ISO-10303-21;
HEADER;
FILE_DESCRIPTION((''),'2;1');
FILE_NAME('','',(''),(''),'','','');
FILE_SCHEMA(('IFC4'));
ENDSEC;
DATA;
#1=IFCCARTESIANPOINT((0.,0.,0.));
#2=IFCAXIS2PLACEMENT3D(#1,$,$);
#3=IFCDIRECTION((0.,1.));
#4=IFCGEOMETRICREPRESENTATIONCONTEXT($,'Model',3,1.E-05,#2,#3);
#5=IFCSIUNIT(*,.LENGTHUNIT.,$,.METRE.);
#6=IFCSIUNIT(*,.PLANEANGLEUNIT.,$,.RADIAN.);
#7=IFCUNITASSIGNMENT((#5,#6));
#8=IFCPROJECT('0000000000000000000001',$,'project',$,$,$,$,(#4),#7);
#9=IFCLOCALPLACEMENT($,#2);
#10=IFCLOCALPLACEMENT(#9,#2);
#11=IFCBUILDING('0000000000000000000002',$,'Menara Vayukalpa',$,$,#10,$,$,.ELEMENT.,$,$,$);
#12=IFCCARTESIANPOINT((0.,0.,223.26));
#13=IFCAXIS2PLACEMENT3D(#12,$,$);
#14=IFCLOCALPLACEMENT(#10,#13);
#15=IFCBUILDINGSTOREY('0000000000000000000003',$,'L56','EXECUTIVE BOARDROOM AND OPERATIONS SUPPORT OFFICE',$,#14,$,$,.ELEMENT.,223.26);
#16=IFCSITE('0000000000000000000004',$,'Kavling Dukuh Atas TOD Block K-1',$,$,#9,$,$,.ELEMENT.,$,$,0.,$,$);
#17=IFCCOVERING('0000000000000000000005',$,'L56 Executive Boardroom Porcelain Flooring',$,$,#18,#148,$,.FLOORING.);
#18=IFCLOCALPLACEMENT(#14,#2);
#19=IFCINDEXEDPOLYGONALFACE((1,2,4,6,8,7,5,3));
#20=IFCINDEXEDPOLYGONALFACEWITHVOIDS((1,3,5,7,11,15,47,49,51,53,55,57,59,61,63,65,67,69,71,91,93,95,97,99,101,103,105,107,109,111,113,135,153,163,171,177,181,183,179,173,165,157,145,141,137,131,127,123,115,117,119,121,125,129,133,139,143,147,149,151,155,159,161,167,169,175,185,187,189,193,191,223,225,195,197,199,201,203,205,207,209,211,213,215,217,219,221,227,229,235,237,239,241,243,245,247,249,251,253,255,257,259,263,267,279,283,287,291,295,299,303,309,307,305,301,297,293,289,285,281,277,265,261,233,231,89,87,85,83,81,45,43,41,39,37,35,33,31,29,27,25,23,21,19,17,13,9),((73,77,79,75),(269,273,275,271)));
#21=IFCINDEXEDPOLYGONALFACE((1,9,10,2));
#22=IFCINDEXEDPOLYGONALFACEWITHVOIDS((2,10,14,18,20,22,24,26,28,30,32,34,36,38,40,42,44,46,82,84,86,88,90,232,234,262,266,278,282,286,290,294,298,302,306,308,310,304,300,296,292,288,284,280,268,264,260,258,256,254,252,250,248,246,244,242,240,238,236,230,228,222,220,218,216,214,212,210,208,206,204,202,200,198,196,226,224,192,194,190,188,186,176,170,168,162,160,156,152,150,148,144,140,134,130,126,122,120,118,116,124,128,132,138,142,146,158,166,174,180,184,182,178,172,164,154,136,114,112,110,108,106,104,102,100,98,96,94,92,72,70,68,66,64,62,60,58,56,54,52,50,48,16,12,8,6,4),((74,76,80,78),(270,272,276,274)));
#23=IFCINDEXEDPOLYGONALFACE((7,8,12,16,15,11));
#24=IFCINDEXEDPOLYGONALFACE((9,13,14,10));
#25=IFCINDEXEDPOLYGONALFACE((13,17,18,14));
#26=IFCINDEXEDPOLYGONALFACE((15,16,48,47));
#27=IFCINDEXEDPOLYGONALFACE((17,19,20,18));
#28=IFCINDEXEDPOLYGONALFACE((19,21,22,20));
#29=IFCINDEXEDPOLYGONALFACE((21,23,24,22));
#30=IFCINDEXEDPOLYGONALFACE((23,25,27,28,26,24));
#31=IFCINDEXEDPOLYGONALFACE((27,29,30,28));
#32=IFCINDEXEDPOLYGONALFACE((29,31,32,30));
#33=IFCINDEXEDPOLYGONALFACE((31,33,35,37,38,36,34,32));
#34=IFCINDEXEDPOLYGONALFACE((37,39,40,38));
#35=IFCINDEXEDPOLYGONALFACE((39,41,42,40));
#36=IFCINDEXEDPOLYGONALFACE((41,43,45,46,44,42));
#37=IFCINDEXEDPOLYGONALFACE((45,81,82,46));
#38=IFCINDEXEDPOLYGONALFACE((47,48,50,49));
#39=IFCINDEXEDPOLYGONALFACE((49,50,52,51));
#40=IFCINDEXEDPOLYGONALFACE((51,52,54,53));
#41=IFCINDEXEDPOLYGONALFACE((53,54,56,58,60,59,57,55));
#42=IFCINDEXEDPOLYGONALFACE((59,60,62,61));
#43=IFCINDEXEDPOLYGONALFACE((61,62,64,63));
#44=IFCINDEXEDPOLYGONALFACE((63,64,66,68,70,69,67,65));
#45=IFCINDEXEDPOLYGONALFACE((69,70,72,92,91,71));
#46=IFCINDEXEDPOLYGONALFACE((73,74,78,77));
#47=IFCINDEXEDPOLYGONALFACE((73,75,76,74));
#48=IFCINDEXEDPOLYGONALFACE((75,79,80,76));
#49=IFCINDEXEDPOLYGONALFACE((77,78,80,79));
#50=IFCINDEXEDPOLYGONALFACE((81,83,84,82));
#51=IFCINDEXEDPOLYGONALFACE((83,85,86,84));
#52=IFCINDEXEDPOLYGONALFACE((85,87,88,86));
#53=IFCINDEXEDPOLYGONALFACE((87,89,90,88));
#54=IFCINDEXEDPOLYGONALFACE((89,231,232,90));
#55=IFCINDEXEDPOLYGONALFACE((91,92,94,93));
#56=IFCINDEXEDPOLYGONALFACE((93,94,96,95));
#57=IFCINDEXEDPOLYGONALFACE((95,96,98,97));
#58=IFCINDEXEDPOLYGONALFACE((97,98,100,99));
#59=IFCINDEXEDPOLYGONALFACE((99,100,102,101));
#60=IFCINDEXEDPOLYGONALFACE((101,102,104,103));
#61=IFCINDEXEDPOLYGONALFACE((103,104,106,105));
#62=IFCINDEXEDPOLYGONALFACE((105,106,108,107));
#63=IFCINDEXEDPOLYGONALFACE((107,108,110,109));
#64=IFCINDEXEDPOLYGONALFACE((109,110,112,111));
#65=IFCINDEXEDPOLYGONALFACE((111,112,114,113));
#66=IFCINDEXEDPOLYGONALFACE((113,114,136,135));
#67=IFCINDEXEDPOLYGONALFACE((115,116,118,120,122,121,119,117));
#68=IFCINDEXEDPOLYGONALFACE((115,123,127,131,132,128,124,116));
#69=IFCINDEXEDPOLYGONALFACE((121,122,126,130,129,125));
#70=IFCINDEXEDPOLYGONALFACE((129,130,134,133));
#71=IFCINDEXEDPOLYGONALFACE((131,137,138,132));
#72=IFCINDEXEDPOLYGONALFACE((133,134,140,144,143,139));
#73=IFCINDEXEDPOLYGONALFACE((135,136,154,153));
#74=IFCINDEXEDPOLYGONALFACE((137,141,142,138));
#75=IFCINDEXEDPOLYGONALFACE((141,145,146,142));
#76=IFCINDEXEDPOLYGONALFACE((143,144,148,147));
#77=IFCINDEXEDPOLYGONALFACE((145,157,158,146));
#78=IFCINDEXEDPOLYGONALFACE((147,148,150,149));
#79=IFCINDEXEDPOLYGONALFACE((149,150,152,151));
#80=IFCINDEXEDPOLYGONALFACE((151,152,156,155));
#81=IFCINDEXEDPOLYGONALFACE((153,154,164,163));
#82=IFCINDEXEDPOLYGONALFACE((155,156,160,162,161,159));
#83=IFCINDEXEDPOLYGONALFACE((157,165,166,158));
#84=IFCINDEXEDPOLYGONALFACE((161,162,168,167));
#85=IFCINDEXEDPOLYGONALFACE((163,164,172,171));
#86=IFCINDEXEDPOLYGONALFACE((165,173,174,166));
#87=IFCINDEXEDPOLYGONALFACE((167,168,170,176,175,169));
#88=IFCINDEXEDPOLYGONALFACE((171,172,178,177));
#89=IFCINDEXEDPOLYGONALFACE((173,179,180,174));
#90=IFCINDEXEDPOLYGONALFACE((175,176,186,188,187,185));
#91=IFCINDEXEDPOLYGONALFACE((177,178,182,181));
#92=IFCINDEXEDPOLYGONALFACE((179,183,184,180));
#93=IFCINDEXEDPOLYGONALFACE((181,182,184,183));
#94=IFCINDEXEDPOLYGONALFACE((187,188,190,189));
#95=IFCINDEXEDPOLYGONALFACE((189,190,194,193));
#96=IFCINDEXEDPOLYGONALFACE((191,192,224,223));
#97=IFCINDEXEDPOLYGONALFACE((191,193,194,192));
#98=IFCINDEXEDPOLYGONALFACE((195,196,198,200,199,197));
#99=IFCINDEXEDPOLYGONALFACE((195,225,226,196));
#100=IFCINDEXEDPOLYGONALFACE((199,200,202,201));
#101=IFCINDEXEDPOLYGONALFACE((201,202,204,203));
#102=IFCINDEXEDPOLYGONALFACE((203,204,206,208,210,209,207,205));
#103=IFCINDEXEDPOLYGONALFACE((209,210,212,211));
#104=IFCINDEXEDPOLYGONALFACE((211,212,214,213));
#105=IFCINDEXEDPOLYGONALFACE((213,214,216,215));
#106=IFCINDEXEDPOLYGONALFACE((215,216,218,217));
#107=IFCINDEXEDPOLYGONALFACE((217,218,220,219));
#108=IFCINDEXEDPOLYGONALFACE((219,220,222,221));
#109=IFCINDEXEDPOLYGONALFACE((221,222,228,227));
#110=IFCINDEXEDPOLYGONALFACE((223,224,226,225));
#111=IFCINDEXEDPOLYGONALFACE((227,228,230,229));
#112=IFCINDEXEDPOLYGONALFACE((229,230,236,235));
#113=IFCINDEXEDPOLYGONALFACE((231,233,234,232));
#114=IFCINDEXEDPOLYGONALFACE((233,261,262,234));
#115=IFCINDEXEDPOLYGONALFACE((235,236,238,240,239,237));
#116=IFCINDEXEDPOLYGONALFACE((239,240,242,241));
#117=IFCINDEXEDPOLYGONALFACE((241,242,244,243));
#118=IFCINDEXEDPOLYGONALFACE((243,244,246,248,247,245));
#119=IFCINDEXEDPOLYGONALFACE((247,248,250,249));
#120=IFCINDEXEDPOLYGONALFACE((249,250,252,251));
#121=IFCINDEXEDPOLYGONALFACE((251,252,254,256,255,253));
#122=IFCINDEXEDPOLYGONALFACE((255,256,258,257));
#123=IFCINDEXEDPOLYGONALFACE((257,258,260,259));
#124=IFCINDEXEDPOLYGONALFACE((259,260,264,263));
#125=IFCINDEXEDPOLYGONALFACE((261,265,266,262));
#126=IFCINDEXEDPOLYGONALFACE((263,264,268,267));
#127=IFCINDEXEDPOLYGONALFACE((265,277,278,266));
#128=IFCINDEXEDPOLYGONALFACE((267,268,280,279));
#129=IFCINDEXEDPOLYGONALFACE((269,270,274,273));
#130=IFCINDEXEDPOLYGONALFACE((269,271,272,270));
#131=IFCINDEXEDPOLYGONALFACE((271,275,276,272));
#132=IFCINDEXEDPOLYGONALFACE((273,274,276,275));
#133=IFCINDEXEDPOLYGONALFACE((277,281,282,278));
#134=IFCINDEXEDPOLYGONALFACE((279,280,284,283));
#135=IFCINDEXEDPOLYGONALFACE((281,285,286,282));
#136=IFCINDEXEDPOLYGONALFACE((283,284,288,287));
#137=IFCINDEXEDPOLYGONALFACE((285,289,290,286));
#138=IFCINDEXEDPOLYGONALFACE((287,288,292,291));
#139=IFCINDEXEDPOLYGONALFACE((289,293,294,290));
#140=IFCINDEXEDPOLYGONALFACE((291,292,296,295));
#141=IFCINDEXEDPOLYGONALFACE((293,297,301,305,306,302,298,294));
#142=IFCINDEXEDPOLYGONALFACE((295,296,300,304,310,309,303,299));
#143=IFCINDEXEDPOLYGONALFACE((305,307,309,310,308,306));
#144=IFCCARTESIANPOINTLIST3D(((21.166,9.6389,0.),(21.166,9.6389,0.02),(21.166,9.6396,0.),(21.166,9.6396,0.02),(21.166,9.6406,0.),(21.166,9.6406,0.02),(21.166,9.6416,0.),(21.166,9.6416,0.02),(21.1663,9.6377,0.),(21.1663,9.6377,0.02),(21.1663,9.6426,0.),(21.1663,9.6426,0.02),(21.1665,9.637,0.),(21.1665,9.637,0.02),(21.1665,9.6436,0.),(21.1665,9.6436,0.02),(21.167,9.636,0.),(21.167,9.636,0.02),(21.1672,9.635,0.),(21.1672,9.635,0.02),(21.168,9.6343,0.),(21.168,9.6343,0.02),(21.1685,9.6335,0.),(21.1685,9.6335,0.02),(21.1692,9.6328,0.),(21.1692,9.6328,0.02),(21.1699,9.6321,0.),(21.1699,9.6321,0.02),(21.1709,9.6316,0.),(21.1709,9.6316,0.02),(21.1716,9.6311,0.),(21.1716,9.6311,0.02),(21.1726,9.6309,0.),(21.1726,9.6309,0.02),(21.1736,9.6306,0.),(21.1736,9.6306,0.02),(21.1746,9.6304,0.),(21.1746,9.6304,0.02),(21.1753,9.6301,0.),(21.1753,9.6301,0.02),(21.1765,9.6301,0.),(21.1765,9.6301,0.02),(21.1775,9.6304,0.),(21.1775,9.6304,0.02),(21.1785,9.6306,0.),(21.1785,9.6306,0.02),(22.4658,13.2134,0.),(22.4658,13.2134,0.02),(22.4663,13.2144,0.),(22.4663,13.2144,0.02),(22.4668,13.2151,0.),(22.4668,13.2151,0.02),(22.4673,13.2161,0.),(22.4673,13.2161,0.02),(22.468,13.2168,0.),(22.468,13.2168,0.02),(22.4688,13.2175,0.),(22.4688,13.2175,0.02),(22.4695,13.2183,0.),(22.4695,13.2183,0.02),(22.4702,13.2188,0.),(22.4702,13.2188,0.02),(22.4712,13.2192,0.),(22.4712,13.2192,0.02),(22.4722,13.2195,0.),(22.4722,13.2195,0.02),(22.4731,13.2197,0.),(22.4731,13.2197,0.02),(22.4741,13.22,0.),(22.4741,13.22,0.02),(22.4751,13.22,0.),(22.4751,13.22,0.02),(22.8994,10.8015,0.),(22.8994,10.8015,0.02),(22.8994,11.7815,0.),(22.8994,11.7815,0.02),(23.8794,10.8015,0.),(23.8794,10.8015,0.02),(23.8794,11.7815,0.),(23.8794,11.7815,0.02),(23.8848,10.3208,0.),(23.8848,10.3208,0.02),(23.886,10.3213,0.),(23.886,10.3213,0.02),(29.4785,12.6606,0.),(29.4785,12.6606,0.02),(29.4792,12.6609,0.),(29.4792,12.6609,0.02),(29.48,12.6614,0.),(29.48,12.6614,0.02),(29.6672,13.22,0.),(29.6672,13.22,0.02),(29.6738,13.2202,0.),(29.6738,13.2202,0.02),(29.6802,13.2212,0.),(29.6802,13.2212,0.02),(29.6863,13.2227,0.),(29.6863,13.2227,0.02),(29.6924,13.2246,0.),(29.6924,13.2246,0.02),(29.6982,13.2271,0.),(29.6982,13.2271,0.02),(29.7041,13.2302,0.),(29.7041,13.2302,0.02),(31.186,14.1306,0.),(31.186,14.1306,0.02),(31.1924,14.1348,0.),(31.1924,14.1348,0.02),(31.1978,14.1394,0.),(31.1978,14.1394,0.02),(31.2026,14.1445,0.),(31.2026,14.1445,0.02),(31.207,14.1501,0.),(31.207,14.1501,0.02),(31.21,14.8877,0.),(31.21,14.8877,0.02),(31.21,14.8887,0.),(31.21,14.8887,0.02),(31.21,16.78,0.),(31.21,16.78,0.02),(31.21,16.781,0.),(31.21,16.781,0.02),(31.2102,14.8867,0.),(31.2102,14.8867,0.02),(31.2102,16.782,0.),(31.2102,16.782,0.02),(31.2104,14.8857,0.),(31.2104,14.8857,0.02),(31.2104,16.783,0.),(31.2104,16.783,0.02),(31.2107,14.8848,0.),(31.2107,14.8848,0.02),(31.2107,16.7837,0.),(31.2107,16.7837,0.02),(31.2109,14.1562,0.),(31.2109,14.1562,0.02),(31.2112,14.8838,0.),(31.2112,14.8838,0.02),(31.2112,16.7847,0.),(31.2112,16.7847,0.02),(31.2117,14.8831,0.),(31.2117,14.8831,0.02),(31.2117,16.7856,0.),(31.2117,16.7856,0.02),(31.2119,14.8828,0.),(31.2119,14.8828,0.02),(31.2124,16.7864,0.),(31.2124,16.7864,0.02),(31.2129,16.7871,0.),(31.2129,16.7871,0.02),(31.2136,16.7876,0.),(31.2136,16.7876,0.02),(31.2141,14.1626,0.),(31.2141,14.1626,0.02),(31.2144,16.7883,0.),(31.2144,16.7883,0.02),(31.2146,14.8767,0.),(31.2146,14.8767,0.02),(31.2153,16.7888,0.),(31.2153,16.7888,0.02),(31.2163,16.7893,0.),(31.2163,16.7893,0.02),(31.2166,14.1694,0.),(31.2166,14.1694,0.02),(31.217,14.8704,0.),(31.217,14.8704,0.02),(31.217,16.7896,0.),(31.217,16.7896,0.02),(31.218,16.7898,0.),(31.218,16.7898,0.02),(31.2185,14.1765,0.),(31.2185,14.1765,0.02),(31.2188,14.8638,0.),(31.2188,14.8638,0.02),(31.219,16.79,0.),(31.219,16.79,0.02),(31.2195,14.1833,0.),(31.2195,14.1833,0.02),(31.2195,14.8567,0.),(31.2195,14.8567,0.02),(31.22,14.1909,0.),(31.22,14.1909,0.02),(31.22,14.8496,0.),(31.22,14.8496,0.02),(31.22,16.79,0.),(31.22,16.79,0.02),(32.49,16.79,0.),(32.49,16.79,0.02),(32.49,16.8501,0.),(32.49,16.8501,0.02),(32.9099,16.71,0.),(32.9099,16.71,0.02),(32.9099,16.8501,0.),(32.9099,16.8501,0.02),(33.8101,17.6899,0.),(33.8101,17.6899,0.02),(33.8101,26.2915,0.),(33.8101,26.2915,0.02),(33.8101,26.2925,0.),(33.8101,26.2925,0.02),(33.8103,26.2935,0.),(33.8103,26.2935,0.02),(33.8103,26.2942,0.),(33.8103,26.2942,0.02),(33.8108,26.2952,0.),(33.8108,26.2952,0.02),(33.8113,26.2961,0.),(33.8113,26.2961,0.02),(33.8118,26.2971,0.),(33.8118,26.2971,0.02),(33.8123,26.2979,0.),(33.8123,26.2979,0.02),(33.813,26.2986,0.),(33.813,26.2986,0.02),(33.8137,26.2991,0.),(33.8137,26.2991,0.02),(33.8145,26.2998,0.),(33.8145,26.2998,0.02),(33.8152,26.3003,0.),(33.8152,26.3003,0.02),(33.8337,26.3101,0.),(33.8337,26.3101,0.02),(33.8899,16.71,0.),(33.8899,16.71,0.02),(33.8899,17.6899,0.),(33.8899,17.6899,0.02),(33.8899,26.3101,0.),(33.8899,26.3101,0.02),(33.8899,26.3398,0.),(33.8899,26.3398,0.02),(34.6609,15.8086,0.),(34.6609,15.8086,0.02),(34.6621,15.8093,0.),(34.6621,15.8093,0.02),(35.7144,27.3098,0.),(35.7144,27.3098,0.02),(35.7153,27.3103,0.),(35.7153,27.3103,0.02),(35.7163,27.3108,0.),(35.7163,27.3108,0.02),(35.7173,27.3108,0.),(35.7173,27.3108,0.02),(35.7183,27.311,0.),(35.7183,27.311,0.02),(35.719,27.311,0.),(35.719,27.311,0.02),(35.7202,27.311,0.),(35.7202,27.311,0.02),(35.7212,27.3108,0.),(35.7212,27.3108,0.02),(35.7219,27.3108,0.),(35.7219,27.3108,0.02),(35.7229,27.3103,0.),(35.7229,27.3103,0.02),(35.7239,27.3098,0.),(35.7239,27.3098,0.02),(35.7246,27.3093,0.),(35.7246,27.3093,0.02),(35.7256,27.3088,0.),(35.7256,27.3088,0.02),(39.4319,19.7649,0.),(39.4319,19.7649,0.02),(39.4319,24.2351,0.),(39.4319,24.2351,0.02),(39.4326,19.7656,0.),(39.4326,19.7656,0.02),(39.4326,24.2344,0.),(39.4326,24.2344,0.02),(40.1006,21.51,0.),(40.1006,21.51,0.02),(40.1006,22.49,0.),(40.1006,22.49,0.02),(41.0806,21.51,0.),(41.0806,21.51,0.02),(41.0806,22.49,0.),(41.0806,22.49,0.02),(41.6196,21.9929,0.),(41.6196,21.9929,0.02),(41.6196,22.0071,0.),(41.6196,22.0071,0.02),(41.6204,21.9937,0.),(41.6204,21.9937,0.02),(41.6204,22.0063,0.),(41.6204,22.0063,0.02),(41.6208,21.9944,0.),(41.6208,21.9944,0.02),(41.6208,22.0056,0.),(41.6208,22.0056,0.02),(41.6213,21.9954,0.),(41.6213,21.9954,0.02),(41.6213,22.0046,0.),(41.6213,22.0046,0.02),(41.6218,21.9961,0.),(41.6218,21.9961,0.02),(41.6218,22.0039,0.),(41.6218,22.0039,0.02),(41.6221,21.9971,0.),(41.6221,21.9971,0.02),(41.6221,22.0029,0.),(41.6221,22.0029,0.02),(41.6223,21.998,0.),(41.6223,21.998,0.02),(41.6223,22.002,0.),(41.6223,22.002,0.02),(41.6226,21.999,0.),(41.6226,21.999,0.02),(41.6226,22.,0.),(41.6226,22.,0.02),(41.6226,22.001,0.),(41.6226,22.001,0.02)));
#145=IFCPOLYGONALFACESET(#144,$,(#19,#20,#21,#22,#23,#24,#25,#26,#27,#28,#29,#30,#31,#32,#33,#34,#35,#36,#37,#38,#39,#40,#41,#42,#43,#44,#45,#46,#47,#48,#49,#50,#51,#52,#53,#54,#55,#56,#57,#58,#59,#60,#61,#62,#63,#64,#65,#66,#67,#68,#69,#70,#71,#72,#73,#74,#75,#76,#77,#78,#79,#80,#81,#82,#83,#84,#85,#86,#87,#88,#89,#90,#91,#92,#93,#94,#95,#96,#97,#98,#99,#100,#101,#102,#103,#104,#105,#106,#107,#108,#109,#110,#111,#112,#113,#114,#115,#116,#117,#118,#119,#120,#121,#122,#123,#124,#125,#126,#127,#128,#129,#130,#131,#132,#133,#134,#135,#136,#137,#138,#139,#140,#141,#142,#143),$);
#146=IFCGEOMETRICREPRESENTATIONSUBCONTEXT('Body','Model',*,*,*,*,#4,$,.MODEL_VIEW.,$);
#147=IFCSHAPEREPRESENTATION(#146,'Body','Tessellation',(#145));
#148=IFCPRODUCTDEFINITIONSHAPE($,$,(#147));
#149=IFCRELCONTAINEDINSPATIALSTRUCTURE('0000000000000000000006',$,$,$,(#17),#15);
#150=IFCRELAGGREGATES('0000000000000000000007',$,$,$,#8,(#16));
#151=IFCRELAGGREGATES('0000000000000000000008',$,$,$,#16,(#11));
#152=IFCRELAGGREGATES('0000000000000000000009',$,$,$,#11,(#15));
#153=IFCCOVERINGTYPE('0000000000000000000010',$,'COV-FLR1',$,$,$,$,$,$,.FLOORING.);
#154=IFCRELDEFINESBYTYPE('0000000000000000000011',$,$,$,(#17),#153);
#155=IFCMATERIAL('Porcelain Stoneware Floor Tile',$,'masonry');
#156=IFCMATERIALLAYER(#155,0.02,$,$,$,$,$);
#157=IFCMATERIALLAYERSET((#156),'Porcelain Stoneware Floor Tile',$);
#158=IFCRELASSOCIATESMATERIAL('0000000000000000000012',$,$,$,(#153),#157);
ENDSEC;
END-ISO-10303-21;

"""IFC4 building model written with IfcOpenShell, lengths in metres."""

from ifc_helpers import new_model, si_unit, direction, frame, origin, place, context, subcontext, project, spatial, polyline, outline, extrude, material, layer, layer_set, type_object, element, save


model = new_model("IFC4")

# Units and contexts
model_context = context("Model", 3, precision=1e-05, world=origin(), true_north=direction((0.0, 1.0)))
body_context = subcontext(model_context, "Body", "Model", "MODEL_VIEW")
ifc_project = project(units=[si_unit("LENGTHUNIT", "METRE"), si_unit("PLANEANGLEUNIT", "RADIAN")], contexts=[model_context])

# Site, building, storey
site_placement = place(None, origin())
site = spatial("IfcSite", under=ifc_project, at=site_placement, Name="Kavling Dukuh Atas TOD Block K-1", CompositionType="ELEMENT", RefElevation=0.0)
building_placement = place(site_placement, origin())
building = spatial("IfcBuilding", under=site, at=building_placement, Name="Menara Vayukalpa", CompositionType="ELEMENT")
storey_placement = place(building_placement, frame((0.0, 0.0, 223.26)))
storey = spatial("IfcBuildingStorey", under=building, at=storey_placement, Name="L56", Description="EXECUTIVE BOARDROOM AND OPERATIONS SUPPORT OFFICE", CompositionType="ELEMENT", Elevation=223.26)

# Covering
ifc_material_1 = material(Name="Porcelain Stoneware Floor Tile", Category="masonry")
ifc_layer_1 = layer(ifc_material_1, 0.02)
ifc_layer_set_1 = layer_set([ifc_layer_1], Name="Porcelain Stoneware Floor Tile")
covering_type_1 = type_object("IfcCoveringType", Name="COV-FLR1", PredefinedType="FLOORING", material=ifc_layer_set_1)
covering_1_placement = place(storey_placement, origin())
element("IfcCovering", 1, at=covering_1_placement, inside=storey, type_object=covering_type_1, Name="L56 Executive Boardroom Porcelain Flooring", PredefinedType="FLOORING", context=body_context, shape_type="SweptSolid", body=[
    extrude(outline(polyline([(33.8101, 26.2915), (33.8101, 26.2925), (33.8103, 26.2935), (33.8103, 26.2942), (33.8108, 26.2952), (33.8113, 26.2961), (33.8118, 26.2971), (33.8123, 26.2979), (33.813, 26.2986), (33.8137, 26.2991), (33.8145, 26.2998), (33.8152, 26.3003), (33.8337, 26.3101), (33.8899, 26.3101), (33.8899, 26.3398), (35.7144, 27.3098), (35.7153, 27.3103), (35.7163, 27.3108), (35.7173, 27.3108), (35.7183, 27.311), (35.719, 27.311), (35.7202, 27.311), (35.7212, 27.3108), (35.7219, 27.3108), (35.7229, 27.3103), (35.7239, 27.3098), (35.7246, 27.3093), (35.7256, 27.3088), (39.4319, 24.2351), (39.4326, 24.2344), (41.6196, 22.0071), (41.6204, 22.0063), (41.6208, 22.0056), (41.6213, 22.0046), (41.6218, 22.0039), (41.6221, 22.0029), (41.6223, 22.002), (41.6226, 22.001), (41.6226, 22.0), (41.6226, 21.999), (41.6223, 21.998), (41.6221, 21.9971), (41.6218, 21.9961), (41.6213, 21.9954), (41.6208, 21.9944), (41.6204, 21.9937), (41.6196, 21.9929), (39.4326, 19.7656), (39.4319, 19.7649), (34.6621, 15.8093), (34.6609, 15.8086), (29.48, 12.6614), (29.4792, 12.6609), (29.4785, 12.6606), (23.886, 10.3213), (23.8848, 10.3208), (21.1785, 9.6306), (21.1775, 9.6304), (21.1765, 9.6301), (21.1753, 9.6301), (21.1746, 9.6304), (21.1736, 9.6306), (21.1726, 9.6309), (21.1716, 9.6311), (21.1709, 9.6316), (21.1699, 9.6321), (21.1692, 9.6328), (21.1685, 9.6335), (21.168, 9.6343), (21.1672, 9.635), (21.167, 9.636), (21.1665, 9.637), (21.1663, 9.6377), (21.166, 9.6389), (21.166, 9.6396), (21.166, 9.6406), (21.166, 9.6416), (21.1663, 9.6426), (21.1665, 9.6436), (22.4658, 13.2134), (22.4663, 13.2144), (22.4668, 13.2151), (22.4673, 13.2161), (22.468, 13.2168), (22.4688, 13.2175), (22.4695, 13.2183), (22.4702, 13.2188), (22.4712, 13.2192), (22.4722, 13.2195), (22.4731, 13.2197), (22.4741, 13.22), (22.4751, 13.22), (29.6672, 13.22), (29.6738, 13.2202), (29.6802, 13.2212), (29.6863, 13.2227), (29.6924, 13.2246), (29.6982, 13.2271), (29.7041, 13.2302), (31.186, 14.1306), (31.1924, 14.1348), (31.1978, 14.1394), (31.2026, 14.1445), (31.207, 14.1501), (31.2109, 14.1562), (31.2141, 14.1626), (31.2166, 14.1694), (31.2185, 14.1765), (31.2195, 14.1833), (31.22, 14.1909), (31.22, 14.8496), (31.2195, 14.8567), (31.2188, 14.8638), (31.217, 14.8704), (31.2146, 14.8767), (31.2119, 14.8828), (31.2117, 14.8831), (31.2112, 14.8838), (31.2107, 14.8848), (31.2104, 14.8857), (31.2102, 14.8867), (31.21, 14.8877), (31.21, 14.8887), (31.21, 16.78), (31.21, 16.781), (31.2102, 16.782), (31.2104, 16.783), (31.2107, 16.7837), (31.2112, 16.7847), (31.2117, 16.7856), (31.2124, 16.7864), (31.2129, 16.7871), (31.2136, 16.7876), (31.2144, 16.7883), (31.2153, 16.7888), (31.2163, 16.7893), (31.217, 16.7896), (31.218, 16.7898), (31.219, 16.79), (31.22, 16.79), (32.49, 16.79), (32.49, 16.8501), (32.9099, 16.8501), (32.9099, 16.71), (33.8899, 16.71), (33.8899, 17.6899), (33.8101, 17.6899), (33.8101, 26.2915)]), holes=[polyline([(23.8794, 11.7815), (22.8994, 11.7815), (22.8994, 10.8015), (23.8794, 10.8015), (23.8794, 11.7815)]), polyline([(41.0806, 22.49), (40.1006, 22.49), (40.1006, 21.51), (41.0806, 21.51), (41.0806, 22.49)])]), origin(), (0.0, 0.0, 1.0), 0.02),
])

save(model, "model.ifc")
